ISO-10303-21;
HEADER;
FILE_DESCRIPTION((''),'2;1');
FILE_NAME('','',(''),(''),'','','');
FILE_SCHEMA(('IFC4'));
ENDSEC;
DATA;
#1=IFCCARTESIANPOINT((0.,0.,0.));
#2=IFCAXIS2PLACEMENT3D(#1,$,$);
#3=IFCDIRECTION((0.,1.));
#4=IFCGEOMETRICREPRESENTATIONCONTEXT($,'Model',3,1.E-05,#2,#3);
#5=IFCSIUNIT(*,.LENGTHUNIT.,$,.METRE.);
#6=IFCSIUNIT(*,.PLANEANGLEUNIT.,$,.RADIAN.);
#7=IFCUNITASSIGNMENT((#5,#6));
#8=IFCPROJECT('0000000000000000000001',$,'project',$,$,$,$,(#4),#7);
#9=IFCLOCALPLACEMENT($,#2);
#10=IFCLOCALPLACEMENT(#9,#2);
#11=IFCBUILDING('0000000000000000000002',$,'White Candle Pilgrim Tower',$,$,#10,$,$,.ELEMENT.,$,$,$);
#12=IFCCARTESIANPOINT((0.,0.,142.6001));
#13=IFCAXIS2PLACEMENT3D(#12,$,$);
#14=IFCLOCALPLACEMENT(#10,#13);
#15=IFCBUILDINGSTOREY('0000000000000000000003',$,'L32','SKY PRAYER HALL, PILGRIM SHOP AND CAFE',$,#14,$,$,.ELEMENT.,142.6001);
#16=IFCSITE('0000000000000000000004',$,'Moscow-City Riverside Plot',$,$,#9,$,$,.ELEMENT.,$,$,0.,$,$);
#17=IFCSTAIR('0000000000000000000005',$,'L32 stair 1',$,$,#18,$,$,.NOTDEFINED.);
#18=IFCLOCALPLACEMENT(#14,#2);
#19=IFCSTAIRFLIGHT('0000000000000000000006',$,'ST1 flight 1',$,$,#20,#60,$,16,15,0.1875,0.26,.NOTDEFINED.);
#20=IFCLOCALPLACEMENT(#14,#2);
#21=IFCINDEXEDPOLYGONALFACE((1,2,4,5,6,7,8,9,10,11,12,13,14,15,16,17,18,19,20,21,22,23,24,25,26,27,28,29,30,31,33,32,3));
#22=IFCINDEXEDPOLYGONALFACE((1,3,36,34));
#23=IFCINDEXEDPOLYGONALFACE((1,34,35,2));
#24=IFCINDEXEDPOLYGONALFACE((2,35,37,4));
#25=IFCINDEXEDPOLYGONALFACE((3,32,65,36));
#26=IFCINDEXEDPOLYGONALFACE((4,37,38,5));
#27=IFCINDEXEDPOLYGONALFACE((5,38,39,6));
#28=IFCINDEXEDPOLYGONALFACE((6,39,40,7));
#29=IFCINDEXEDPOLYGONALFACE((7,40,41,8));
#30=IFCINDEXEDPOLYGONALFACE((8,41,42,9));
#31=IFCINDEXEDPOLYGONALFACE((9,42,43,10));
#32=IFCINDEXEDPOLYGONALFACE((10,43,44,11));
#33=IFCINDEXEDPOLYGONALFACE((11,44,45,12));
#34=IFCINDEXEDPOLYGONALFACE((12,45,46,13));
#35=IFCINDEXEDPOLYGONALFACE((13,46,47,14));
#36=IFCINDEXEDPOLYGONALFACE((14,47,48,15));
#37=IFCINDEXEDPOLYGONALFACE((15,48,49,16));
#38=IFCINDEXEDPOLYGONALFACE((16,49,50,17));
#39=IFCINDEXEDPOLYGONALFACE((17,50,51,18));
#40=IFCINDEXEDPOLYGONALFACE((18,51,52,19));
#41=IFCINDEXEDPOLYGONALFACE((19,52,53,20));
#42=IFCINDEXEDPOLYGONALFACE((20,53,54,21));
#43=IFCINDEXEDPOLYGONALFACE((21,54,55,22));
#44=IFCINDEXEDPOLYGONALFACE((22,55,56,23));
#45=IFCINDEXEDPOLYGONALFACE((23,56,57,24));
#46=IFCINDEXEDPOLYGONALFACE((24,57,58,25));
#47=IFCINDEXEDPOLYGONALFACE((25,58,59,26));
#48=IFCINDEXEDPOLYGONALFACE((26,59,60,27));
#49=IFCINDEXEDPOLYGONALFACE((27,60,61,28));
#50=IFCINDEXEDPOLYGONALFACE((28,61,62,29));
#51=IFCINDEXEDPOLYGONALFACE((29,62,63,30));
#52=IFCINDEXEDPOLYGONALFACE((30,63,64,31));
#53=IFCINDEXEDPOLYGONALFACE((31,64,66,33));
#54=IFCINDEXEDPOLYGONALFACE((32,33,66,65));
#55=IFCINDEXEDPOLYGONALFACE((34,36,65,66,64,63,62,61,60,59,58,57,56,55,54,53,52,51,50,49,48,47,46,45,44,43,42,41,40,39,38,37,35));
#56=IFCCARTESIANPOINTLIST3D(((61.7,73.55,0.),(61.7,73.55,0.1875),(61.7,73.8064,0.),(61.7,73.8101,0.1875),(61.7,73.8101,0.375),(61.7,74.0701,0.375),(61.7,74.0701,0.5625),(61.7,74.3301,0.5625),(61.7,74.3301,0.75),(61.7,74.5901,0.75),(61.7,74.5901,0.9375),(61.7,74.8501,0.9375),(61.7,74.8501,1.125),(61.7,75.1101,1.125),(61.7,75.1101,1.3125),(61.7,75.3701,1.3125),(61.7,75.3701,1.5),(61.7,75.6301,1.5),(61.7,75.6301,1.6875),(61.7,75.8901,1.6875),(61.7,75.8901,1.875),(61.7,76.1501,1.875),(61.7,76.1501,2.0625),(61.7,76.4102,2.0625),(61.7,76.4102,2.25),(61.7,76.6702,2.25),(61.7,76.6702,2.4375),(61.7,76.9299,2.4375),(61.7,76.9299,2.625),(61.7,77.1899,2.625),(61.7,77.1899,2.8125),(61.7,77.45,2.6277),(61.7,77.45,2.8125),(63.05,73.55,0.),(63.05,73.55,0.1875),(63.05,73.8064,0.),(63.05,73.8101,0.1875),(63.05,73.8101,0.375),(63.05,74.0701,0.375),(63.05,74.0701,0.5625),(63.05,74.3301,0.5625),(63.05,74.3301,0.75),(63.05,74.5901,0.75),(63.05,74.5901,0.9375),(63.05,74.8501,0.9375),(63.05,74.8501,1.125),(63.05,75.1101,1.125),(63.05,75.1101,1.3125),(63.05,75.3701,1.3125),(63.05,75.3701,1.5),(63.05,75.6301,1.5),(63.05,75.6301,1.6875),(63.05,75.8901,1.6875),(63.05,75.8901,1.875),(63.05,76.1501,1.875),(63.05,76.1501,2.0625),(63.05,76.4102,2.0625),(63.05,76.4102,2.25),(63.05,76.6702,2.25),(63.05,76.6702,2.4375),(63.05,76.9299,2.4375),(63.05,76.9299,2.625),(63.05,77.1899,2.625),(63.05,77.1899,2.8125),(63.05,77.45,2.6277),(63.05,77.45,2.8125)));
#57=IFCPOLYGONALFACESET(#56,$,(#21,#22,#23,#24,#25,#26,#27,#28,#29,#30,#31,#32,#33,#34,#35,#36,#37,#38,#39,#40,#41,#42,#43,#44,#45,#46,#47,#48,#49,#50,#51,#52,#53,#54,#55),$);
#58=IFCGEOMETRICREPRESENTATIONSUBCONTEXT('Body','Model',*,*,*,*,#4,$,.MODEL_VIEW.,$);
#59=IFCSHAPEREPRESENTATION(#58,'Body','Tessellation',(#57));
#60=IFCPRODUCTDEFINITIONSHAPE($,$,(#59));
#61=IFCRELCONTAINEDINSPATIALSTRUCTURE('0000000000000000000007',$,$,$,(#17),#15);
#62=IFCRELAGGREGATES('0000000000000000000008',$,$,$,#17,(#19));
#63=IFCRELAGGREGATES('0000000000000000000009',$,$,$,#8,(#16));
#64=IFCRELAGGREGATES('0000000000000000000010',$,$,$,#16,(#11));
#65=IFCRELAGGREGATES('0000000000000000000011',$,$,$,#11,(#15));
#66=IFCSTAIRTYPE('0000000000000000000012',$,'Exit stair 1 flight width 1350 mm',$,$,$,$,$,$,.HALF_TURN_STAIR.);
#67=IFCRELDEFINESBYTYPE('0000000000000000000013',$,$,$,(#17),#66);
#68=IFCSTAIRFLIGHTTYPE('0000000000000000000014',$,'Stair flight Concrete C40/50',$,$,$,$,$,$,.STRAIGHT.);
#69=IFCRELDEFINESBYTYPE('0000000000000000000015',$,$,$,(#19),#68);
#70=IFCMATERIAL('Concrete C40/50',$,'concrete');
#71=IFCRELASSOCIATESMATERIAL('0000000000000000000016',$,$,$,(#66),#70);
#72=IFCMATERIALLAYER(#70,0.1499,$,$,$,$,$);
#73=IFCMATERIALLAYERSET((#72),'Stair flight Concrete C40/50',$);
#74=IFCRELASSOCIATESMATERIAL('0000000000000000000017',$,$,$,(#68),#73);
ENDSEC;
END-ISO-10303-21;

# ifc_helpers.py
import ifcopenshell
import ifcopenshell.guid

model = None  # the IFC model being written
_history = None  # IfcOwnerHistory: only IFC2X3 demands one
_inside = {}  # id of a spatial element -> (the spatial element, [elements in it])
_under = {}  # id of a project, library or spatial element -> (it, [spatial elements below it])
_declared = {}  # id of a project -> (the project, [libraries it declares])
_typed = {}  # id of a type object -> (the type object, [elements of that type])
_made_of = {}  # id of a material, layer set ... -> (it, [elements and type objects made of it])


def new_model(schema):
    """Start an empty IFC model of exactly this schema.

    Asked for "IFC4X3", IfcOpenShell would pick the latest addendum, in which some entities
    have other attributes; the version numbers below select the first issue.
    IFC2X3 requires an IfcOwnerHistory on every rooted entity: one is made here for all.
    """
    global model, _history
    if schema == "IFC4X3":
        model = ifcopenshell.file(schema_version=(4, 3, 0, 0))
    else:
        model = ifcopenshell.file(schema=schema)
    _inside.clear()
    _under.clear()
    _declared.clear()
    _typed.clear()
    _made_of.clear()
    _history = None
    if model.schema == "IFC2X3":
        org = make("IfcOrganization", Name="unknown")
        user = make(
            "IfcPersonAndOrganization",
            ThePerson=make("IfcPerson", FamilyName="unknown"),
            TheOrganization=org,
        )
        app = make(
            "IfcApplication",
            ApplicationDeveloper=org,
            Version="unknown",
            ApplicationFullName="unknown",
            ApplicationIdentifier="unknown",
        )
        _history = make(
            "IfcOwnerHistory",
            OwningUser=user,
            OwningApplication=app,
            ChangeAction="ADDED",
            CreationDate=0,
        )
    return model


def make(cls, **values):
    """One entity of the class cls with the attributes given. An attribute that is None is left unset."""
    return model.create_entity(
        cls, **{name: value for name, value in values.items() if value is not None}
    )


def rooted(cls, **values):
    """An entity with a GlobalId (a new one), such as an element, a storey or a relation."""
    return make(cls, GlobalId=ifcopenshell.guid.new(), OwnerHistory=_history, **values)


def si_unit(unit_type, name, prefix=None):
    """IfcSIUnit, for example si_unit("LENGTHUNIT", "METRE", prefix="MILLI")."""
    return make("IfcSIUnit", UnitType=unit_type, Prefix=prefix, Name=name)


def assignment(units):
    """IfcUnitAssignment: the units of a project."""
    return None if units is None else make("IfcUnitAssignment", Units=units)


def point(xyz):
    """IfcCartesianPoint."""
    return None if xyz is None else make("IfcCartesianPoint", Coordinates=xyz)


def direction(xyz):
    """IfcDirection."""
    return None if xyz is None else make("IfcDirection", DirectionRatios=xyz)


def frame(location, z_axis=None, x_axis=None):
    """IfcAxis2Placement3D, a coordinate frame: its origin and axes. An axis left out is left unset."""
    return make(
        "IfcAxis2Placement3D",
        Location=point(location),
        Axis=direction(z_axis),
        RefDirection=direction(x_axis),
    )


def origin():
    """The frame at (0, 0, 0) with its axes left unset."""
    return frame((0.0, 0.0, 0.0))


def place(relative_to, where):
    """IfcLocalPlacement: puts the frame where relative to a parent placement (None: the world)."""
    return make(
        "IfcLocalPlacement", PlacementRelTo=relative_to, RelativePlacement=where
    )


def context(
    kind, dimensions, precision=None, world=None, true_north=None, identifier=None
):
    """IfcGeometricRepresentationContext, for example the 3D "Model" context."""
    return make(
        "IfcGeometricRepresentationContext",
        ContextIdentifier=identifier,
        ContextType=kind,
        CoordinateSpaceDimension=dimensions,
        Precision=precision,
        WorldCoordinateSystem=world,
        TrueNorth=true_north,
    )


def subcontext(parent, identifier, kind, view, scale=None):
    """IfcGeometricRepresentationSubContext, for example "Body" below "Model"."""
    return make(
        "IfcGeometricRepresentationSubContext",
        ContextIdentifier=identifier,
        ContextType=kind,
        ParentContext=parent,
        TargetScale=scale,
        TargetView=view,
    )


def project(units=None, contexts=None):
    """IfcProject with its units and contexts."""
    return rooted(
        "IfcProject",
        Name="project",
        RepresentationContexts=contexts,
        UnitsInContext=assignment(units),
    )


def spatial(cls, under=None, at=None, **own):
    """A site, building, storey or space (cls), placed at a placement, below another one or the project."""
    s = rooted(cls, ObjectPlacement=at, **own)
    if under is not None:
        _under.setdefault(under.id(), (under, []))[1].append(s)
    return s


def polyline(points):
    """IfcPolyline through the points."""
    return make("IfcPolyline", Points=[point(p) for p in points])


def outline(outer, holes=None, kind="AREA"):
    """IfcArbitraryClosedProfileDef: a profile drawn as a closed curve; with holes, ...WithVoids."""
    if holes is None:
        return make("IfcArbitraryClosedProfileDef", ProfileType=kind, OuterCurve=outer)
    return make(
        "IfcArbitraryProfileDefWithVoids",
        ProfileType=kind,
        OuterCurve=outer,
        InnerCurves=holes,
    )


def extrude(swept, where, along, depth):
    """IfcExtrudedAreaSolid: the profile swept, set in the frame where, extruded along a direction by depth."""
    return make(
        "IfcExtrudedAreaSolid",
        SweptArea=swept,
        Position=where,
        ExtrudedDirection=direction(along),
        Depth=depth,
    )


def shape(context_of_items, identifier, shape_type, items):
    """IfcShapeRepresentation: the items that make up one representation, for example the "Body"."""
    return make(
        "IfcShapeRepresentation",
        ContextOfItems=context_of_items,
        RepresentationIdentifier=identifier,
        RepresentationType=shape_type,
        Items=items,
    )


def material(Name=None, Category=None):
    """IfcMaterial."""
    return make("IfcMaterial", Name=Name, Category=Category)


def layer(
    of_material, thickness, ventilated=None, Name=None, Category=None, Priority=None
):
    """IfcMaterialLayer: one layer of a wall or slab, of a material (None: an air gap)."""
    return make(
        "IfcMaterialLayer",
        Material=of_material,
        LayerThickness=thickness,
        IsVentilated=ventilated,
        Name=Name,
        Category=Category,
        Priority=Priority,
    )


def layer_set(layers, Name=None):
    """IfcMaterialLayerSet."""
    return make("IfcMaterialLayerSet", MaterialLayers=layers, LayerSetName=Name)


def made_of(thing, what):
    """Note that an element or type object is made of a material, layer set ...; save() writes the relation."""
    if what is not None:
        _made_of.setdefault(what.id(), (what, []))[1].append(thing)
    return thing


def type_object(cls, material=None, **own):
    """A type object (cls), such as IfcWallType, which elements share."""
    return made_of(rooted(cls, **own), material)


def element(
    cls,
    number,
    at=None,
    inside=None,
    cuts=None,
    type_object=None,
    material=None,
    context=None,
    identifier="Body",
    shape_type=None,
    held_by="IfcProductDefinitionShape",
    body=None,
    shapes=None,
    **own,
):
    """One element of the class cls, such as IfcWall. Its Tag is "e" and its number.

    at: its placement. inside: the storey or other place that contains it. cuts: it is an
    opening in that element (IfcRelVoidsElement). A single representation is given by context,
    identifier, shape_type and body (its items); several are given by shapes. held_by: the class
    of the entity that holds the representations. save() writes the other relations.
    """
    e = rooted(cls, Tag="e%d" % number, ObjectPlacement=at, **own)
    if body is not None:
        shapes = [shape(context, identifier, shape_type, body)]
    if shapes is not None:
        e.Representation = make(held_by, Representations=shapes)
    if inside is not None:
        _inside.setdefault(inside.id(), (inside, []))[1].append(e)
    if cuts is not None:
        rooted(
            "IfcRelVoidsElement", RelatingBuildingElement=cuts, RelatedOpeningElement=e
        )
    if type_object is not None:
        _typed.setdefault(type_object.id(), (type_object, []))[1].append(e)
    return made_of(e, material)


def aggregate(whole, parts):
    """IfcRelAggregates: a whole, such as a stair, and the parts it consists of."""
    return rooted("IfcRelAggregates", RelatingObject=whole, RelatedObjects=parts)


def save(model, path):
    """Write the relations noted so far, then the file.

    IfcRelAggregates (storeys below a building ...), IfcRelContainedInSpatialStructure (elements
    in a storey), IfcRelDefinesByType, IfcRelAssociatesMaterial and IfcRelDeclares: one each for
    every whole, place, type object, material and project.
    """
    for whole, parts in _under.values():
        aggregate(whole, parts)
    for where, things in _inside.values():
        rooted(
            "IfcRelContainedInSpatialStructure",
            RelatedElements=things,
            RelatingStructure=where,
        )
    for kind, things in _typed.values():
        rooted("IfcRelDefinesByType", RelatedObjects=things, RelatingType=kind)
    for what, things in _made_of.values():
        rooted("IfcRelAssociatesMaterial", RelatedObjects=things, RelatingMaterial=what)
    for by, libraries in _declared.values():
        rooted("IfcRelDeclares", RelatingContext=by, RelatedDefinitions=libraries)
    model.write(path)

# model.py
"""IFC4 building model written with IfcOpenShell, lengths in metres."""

from ifc_helpers import new_model, si_unit, direction, frame, origin, place, context, subcontext, project, spatial, polyline, outline, extrude, material, layer, layer_set, type_object, element, aggregate, save


model = new_model("IFC4")

# Units and contexts
model_context = context("Model", 3, precision=1e-05, world=origin(), true_north=direction((0.0, 1.0)))
body_context = subcontext(model_context, "Body", "Model", "MODEL_VIEW")
ifc_project = project(units=[si_unit("LENGTHUNIT", "METRE"), si_unit("PLANEANGLEUNIT", "RADIAN")], contexts=[model_context])

# Site, building, storey
site_placement = place(None, origin())
site = spatial("IfcSite", under=ifc_project, at=site_placement, Name="Moscow-City Riverside Plot", CompositionType="ELEMENT", RefElevation=0.0)
building_placement = place(site_placement, origin())
building = spatial("IfcBuilding", under=site, at=building_placement, Name="White Candle Pilgrim Tower", CompositionType="ELEMENT")
storey_placement = place(building_placement, frame((0.0, 0.0, 142.6001)))
storey = spatial("IfcBuildingStorey", under=building, at=storey_placement, Name="L32", Description="SKY PRAYER HALL, PILGRIM SHOP AND CAFE", CompositionType="ELEMENT", Elevation=142.6001)

# Stair, stair flight
ifc_material_1 = material(Name="Concrete C40/50", Category="concrete")
stair_type = type_object("IfcStairType", Name="Exit stair 1 flight width 1350 mm", PredefinedType="HALF_TURN_STAIR", material=ifc_material_1)
stair_placement = place(storey_placement, origin())
stair = element("IfcStair", 1, at=stair_placement, inside=storey, type_object=stair_type, Name="L32 stair 1", PredefinedType="NOTDEFINED")
ifc_layer_1 = layer(ifc_material_1, 0.1499)
ifc_layer_set_1 = layer_set([ifc_layer_1], Name="Stair flight Concrete C40/50")
stair_flight_type = type_object("IfcStairFlightType", Name="Stair flight Concrete C40/50", PredefinedType="STRAIGHT", material=ifc_layer_set_1)
stair_flight_placement = place(storey_placement, frame((62.375, 73.55, 0.0), z_axis=(0.0, 0.0, 1.0), x_axis=(0.0, 1.0, 0.0)))
stair_flight = element("IfcStairFlight", 2, at=stair_flight_placement, type_object=stair_flight_type, Name="ST1 flight 1", NumberOfRisers=16, NumberOfTreads=15, PredefinedType="NOTDEFINED", RiserHeight=0.1875, TreadLength=0.26, context=body_context, shape_type="SweptSolid", body=[
    extrude(outline(polyline([(0.0, 0.0), (0.0, 0.1875), (0.26, 0.1875), (0.26, 0.375), (0.52, 0.375), (0.52, 0.5625), (0.78, 0.5625), (0.78, 0.75), (1.04, 0.75), (1.04, 0.9375), (1.3, 0.9375), (1.3, 1.125), (1.5601, 1.125), (1.5601, 1.3125), (1.8201, 1.3125), (1.8201, 1.5), (2.0801, 1.5), (2.0801, 1.6875), (2.3401, 1.6875), (2.3401, 1.875), (2.6001, 1.875), (2.6001, 2.0625), (2.8601, 2.0625), (2.8601, 2.25), (3.1201, 2.25), (3.1201, 2.4375), (3.3799, 2.4375), (3.3799, 2.625), (3.6399, 2.625), (3.6399, 2.8125), (3.8999, 2.8125), (3.8999, 3.0), (3.8999, 2.6277), (0.2563, 0.0), (0.0, 0.0)])), frame((0.0, 0.675, 0.0), z_axis=(0.0, -1.0, 0.0), x_axis=(1.0, 0.0, 0.0)), (0.0, 0.0, 1.0), 1.3501),
])
aggregate(stair, [stair_flight])

save(model, "model.ifc")
